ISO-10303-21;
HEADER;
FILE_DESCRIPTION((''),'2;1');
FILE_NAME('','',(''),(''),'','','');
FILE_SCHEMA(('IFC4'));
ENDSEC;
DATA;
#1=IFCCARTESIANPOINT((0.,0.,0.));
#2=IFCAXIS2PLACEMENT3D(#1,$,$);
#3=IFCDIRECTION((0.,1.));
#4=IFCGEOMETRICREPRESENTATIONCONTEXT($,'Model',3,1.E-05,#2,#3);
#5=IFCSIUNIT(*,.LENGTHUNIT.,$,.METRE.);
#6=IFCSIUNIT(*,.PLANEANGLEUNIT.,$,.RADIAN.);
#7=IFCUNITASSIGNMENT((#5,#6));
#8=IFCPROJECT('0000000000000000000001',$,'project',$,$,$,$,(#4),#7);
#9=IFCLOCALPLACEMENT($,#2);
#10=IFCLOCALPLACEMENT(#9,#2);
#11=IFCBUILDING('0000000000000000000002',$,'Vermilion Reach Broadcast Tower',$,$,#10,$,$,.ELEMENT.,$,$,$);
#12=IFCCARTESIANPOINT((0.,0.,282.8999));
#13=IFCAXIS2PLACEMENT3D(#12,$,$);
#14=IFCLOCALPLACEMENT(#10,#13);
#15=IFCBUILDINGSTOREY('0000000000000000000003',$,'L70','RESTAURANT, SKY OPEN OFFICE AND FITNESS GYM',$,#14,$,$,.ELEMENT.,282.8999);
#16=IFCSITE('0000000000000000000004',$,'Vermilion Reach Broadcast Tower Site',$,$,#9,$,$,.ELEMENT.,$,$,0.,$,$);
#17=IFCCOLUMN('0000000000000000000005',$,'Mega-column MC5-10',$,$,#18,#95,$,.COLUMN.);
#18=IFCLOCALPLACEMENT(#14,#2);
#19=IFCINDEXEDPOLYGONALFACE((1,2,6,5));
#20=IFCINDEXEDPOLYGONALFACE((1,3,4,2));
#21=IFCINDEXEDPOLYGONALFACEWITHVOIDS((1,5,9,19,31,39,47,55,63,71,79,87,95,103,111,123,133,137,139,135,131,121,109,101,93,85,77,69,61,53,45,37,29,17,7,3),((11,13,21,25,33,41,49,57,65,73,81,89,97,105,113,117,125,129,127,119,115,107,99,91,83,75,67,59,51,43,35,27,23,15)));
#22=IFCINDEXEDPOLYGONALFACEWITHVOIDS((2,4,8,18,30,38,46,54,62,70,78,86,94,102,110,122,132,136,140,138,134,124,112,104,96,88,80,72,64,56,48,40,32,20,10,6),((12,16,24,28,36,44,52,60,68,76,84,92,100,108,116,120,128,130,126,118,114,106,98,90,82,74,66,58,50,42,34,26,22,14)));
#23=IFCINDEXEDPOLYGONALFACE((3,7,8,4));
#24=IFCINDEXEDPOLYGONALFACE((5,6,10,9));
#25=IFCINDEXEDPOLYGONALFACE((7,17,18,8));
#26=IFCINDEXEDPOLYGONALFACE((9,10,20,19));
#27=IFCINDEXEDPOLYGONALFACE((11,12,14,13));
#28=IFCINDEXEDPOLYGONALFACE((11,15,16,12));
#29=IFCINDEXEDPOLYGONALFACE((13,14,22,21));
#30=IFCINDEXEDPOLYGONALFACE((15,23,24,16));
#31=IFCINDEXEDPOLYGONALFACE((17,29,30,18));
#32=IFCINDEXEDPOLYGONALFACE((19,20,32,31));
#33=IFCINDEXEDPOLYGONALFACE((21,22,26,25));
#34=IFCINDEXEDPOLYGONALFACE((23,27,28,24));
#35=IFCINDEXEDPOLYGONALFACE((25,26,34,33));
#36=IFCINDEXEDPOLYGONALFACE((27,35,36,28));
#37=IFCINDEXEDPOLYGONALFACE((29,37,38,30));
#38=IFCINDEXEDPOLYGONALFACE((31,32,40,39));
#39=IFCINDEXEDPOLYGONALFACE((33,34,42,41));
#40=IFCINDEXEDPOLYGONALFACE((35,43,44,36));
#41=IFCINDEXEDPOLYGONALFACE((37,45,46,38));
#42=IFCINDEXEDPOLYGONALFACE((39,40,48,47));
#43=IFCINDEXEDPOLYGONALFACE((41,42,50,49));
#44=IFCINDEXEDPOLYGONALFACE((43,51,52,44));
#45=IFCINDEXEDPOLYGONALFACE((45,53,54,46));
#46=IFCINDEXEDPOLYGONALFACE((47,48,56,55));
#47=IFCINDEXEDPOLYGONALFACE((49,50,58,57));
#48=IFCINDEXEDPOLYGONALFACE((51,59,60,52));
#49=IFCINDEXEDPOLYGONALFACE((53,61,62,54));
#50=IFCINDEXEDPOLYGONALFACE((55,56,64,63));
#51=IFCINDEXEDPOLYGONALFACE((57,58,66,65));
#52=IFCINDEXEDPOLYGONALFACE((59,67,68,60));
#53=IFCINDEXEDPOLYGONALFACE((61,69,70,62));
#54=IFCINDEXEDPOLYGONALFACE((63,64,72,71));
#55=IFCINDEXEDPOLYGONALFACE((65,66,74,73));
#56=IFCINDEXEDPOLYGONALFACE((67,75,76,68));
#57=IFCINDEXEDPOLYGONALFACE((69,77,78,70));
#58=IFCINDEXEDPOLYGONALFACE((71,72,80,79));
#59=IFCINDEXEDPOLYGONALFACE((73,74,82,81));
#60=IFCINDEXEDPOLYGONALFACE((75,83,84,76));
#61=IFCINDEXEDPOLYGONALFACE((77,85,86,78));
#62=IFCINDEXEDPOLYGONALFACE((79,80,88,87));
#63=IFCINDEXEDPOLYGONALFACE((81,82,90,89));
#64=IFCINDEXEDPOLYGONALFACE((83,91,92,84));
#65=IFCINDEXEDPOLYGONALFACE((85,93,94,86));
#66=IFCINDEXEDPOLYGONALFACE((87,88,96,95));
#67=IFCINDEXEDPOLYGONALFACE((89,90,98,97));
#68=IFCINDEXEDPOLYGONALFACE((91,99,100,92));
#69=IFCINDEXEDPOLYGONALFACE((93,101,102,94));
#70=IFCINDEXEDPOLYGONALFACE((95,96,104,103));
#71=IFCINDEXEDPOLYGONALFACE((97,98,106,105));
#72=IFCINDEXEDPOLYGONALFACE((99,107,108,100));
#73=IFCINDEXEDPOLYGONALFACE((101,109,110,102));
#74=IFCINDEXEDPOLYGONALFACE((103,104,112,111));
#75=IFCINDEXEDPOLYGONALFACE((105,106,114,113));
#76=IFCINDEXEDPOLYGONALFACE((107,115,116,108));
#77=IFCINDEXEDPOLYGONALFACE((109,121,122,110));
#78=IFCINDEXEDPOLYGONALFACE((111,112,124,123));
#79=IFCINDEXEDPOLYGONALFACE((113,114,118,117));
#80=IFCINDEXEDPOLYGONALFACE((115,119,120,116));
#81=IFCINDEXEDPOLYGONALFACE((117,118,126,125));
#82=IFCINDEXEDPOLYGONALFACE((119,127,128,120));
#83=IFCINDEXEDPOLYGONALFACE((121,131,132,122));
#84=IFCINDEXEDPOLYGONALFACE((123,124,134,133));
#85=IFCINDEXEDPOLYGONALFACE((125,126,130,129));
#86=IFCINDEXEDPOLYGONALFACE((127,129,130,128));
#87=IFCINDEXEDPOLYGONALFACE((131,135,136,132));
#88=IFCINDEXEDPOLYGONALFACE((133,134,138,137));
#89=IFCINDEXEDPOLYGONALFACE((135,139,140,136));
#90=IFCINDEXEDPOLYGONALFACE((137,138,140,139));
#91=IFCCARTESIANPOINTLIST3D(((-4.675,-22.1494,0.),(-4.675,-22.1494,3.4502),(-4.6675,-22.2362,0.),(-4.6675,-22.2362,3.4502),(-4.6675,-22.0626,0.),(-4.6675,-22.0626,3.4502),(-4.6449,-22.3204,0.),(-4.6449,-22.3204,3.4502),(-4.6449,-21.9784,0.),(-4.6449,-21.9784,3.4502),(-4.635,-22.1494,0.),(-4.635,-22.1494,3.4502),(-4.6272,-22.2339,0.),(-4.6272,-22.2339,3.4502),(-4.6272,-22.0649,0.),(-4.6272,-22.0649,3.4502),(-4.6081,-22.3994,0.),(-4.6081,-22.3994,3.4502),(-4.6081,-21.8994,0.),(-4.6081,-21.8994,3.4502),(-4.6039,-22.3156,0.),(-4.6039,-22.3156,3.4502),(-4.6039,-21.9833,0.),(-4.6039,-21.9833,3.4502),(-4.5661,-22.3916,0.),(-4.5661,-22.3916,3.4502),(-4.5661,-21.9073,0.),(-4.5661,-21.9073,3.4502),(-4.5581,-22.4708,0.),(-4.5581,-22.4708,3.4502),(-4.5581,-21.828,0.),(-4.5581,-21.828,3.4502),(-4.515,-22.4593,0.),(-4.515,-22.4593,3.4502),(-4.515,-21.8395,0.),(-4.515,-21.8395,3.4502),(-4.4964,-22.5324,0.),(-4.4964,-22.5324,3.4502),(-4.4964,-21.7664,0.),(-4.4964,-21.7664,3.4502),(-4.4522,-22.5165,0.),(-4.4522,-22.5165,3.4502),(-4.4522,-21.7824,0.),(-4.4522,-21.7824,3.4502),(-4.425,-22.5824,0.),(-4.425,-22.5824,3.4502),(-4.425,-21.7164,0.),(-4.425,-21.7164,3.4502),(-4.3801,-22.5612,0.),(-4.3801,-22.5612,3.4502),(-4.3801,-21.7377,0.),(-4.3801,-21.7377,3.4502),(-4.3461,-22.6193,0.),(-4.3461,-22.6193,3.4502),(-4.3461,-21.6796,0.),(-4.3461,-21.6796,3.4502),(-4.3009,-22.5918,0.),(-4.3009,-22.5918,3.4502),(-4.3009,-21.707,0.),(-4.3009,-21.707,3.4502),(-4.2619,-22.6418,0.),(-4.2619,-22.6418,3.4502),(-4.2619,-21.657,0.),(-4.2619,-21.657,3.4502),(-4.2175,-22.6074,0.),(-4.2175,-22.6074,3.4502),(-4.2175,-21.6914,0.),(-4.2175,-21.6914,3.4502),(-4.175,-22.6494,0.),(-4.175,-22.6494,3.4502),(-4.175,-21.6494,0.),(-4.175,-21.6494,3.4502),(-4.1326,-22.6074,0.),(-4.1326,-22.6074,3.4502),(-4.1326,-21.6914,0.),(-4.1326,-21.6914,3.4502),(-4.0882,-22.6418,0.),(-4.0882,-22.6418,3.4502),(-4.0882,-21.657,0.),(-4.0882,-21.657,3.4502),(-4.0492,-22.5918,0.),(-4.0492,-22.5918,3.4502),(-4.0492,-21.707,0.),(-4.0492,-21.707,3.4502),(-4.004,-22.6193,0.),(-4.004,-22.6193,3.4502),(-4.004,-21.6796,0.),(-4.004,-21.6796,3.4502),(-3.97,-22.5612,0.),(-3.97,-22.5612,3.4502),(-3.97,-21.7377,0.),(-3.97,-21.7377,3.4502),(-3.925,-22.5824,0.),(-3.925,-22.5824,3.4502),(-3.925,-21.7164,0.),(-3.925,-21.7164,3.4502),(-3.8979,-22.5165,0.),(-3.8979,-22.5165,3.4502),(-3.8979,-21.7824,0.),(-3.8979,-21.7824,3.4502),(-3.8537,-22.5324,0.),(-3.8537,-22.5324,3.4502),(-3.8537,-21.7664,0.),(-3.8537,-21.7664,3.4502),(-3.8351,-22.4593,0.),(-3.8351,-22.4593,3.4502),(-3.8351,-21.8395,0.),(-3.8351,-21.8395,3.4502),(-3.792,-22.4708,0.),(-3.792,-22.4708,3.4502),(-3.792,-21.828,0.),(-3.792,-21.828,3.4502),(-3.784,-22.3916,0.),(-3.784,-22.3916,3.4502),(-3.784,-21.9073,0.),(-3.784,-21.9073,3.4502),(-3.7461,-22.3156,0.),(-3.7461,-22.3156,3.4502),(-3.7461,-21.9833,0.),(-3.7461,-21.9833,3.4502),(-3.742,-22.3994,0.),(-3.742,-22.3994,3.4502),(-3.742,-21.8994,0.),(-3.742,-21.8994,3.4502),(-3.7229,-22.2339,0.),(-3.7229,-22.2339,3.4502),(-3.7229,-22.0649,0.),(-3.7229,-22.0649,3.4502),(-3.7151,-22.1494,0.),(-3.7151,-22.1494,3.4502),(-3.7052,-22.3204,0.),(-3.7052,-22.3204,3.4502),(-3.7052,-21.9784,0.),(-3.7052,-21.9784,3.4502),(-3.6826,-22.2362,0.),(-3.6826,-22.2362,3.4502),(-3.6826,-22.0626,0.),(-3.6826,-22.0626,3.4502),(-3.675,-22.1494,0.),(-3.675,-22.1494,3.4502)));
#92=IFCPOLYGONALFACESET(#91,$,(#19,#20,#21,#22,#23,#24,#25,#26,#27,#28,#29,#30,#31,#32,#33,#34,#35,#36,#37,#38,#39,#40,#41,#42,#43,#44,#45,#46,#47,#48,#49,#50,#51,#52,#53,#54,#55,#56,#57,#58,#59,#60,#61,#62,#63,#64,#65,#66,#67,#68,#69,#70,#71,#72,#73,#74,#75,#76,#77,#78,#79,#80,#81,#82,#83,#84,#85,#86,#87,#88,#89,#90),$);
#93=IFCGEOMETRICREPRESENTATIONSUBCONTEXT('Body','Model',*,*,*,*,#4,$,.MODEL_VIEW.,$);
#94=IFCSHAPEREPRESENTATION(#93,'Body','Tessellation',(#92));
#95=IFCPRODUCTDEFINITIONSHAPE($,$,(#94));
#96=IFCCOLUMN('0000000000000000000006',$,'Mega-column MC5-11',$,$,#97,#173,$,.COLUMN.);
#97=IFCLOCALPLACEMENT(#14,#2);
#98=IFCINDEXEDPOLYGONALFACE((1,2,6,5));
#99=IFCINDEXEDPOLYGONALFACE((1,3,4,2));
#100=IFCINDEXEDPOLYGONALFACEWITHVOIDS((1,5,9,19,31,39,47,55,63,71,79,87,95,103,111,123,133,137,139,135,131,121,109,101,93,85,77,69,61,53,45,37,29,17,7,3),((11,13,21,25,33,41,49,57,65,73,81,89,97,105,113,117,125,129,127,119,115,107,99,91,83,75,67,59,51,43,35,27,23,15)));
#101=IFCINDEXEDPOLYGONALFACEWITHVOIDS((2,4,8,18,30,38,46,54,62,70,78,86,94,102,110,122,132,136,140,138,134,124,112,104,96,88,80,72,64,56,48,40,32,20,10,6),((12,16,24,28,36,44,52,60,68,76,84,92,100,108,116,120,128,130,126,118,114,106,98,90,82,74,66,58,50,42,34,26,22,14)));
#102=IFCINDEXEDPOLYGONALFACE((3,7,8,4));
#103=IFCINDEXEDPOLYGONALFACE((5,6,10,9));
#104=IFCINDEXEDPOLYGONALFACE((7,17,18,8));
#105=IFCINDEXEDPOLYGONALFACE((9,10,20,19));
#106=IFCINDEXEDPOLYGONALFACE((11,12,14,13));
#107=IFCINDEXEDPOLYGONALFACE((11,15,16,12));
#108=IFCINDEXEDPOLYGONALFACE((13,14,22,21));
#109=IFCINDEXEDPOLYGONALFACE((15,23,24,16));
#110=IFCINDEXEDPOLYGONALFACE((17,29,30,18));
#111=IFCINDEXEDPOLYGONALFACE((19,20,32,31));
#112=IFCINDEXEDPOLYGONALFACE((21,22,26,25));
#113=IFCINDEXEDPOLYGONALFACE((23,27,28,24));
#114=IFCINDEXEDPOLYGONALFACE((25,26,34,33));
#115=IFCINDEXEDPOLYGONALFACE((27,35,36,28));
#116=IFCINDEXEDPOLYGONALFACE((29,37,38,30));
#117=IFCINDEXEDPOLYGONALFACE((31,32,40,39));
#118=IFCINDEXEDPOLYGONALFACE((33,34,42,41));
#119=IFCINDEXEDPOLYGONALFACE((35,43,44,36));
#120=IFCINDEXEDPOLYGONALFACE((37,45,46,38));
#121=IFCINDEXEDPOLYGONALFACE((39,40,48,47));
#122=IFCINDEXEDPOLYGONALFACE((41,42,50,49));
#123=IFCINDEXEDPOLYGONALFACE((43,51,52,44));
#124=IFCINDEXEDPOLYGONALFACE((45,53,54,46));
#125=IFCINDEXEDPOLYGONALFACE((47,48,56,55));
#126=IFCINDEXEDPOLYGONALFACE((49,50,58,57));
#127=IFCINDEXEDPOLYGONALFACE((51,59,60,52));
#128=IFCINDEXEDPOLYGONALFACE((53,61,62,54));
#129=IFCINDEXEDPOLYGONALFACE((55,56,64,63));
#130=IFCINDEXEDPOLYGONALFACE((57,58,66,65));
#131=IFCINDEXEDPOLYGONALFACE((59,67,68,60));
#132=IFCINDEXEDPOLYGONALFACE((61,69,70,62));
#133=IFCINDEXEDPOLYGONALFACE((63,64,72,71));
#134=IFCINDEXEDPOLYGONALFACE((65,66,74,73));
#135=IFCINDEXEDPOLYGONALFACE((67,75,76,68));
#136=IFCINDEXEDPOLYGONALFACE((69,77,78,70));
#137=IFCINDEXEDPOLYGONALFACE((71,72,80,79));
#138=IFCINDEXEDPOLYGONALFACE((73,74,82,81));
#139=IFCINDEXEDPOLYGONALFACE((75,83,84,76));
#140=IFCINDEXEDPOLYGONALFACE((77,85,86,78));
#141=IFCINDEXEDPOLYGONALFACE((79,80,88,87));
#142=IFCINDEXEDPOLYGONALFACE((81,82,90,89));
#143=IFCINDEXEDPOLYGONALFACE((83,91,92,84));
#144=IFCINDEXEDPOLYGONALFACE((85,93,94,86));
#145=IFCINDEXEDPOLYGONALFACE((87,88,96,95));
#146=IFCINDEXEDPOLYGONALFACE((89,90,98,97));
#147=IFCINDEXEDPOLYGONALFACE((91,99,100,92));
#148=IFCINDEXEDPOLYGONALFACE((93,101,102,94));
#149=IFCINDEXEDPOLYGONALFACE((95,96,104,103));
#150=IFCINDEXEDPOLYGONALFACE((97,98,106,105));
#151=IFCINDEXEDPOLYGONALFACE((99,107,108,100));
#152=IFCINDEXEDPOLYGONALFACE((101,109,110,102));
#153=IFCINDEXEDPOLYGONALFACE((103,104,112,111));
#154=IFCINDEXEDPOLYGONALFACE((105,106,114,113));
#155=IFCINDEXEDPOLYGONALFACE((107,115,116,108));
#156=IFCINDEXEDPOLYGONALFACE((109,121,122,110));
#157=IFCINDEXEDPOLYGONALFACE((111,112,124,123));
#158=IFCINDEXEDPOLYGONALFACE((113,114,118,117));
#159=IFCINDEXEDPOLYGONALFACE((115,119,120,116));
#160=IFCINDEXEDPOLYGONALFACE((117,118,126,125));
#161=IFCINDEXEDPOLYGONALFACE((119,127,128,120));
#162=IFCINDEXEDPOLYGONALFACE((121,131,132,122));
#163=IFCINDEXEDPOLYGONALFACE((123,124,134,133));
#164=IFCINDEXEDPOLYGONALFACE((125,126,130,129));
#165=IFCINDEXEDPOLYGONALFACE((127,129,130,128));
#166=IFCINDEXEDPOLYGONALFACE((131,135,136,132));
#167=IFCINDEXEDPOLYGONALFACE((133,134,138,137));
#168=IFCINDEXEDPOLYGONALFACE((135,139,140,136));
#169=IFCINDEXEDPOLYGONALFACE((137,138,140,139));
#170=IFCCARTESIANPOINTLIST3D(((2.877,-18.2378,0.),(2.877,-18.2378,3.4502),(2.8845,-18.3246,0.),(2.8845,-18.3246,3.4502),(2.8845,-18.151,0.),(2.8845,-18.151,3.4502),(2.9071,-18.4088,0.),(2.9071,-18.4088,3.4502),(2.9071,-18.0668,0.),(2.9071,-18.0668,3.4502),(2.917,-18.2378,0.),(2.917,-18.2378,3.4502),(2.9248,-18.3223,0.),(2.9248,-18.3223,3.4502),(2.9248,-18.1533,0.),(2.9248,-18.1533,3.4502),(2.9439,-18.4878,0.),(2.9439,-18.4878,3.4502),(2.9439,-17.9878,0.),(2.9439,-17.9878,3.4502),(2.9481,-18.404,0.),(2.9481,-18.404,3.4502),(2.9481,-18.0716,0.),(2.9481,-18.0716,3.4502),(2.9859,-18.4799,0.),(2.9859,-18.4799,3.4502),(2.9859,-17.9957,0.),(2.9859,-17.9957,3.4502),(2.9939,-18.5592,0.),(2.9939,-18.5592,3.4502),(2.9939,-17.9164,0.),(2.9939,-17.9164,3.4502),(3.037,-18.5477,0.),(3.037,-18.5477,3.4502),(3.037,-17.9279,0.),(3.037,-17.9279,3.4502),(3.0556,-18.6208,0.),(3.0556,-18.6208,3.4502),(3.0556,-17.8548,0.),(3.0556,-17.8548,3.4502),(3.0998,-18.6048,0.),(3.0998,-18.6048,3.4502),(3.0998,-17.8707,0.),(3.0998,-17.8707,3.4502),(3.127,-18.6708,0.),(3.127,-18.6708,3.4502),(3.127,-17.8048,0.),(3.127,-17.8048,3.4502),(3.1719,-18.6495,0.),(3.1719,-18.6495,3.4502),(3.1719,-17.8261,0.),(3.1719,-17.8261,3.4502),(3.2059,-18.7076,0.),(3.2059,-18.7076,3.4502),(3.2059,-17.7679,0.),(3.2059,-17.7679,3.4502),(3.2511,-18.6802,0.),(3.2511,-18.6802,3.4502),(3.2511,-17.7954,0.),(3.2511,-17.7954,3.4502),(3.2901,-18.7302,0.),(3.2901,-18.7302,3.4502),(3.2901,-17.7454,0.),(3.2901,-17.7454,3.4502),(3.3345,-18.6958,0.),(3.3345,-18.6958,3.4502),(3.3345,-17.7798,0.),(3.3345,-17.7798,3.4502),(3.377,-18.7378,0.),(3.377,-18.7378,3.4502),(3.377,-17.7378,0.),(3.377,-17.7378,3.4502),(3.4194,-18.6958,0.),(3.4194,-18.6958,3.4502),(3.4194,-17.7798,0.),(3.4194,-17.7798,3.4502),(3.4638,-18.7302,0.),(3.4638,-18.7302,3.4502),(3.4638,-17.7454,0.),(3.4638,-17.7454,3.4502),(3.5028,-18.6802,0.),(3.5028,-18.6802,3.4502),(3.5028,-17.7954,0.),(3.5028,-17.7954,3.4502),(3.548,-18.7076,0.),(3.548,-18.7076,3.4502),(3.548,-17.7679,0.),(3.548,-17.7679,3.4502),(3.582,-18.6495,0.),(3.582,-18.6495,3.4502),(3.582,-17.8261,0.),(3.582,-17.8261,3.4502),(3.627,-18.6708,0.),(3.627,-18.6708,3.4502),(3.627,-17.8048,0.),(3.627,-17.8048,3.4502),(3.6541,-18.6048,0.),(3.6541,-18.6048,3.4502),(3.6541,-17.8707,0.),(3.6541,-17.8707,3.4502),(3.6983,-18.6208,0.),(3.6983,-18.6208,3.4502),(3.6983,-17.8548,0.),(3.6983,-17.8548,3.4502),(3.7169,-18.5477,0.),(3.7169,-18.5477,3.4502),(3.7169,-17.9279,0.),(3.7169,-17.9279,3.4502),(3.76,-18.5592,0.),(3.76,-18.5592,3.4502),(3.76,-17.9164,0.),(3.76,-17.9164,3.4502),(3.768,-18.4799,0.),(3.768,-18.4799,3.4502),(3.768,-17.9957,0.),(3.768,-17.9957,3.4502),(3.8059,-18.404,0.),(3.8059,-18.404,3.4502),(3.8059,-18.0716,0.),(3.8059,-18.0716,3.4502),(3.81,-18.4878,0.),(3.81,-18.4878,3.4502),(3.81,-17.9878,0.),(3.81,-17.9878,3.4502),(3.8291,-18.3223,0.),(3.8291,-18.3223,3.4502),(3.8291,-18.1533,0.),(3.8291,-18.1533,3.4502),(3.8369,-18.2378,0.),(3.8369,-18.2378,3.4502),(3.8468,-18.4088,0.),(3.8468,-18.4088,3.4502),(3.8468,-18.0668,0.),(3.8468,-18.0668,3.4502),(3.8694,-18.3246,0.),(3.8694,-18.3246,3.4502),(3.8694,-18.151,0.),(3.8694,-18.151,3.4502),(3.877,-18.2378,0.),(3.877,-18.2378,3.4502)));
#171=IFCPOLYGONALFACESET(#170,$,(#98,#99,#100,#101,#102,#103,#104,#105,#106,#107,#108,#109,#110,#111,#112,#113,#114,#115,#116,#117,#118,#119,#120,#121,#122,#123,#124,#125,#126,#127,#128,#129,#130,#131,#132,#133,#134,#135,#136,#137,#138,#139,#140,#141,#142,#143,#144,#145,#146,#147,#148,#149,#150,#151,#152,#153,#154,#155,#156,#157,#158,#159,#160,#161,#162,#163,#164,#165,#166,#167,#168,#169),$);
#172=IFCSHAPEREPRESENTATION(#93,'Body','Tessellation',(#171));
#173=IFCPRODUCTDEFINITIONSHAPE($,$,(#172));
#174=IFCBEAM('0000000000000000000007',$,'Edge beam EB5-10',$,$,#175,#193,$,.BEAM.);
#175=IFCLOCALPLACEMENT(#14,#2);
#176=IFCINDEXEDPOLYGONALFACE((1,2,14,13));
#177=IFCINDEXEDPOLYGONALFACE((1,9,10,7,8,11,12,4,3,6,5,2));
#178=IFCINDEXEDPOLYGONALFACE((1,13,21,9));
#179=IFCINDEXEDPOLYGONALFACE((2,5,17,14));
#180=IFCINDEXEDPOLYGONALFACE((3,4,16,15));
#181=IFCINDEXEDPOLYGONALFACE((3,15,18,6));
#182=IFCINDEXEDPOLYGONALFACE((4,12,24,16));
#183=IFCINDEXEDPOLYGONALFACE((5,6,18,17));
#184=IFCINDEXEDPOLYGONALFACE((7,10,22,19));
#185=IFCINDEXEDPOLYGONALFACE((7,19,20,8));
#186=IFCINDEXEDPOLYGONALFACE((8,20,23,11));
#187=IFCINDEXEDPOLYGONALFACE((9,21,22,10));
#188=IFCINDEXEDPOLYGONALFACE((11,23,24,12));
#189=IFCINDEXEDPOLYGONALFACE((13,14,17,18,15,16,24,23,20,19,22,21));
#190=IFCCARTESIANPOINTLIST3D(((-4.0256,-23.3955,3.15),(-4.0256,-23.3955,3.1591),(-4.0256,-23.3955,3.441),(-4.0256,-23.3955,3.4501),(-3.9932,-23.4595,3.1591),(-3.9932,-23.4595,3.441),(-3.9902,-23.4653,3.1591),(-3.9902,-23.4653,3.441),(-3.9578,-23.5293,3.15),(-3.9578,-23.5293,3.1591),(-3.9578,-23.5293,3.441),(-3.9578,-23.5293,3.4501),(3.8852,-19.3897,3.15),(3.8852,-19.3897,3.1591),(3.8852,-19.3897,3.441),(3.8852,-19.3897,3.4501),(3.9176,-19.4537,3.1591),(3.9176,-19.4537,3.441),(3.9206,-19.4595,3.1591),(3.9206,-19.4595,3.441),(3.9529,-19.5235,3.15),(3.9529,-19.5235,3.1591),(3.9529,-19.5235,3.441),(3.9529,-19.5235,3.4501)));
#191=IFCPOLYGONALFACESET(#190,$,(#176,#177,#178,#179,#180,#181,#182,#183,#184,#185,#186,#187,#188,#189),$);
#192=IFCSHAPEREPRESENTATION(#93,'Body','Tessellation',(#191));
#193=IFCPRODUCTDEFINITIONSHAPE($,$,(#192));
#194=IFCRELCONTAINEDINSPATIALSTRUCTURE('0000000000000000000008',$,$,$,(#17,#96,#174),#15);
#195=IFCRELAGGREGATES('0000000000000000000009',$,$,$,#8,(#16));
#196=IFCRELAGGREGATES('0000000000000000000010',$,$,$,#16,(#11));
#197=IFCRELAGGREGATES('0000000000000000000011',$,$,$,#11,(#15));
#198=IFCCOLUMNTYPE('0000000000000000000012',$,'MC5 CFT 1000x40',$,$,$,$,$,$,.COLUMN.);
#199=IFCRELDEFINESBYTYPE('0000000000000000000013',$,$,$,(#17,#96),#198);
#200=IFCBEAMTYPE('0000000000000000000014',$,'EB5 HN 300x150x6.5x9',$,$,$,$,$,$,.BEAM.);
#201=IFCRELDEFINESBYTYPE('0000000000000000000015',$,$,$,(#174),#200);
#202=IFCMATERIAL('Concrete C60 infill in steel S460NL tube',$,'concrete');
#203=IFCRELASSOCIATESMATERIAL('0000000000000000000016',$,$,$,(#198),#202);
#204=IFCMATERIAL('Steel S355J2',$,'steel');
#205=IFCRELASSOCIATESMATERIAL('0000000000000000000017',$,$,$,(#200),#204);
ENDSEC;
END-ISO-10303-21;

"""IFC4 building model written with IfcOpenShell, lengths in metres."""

from ifc_helpers import new_model, si_unit, direction, frame, origin, origin_2d, place, context, subcontext, project, spatial, hollow_circle, i_section, extrude, material, material_profile, profile_set, type_object, element, save


model = new_model("IFC4")

# Units and contexts
model_context = context("Model", 3, precision=1e-05, world=origin(), true_north=direction((0.0, 1.0)))
body_context = subcontext(model_context, "Body", "Model", "MODEL_VIEW")
ifc_project = project(units=[si_unit("LENGTHUNIT", "METRE"), si_unit("PLANEANGLEUNIT", "RADIAN")], contexts=[model_context])

# Site, building, storey
site_placement = place(None, origin())
site = spatial("IfcSite", under=ifc_project, at=site_placement, Name="Vermilion Reach Broadcast Tower Site", CompositionType="ELEMENT", RefElevation=0.0)
building_placement = place(site_placement, origin())
building = spatial("IfcBuilding", under=site, at=building_placement, Name="Vermilion Reach Broadcast Tower", CompositionType="ELEMENT")
storey_placement = place(building_placement, frame((0.0, 0.0, 282.8999)))
storey = spatial("IfcBuildingStorey", under=building, at=storey_placement, Name="L70", Description="RESTAURANT, SKY OPEN OFFICE AND FITNESS GYM", CompositionType="ELEMENT", Elevation=282.8999)

# Columns
ifc_material_1 = material(Name="Concrete C60 infill in steel S460NL tube", Category="concrete")
ifc_material_profile_1 = material_profile(ifc_material_1, hollow_circle(Radius=0.5, WallThickness=0.04, at=origin_2d()), Name="Concrete C60 infill in steel S460NL tube CFT 1000x40")
ifc_profile_set_1 = profile_set([ifc_material_profile_1], Name="Concrete C60 infill in steel S460NL tube")
column_type = type_object("IfcColumnType", Name="MC5 CFT 1000x40", PredefinedType="COLUMN", material=ifc_profile_set_1)
for number, where, z_axis, x_axis, name in (
    (1, (-4.175, -22.1494, 0.0), (0.0, 0.0, 1.0), (1.0, 0.0, 0.0), "Mega-column MC5-10"),
    (2, (3.377, -18.2378, 0.0), (0.0, 0.0, 1.0), (1.0, 0.0, 0.0), "Mega-column MC5-11"),
):
    element("IfcColumn", number, at=place(storey_placement, frame(where, z_axis=z_axis, x_axis=x_axis)), inside=storey, type_object=column_type, Name=name, PredefinedType="COLUMN", context=body_context, shape_type="SweptSolid", body=[
        extrude(hollow_circle(Radius=0.5, WallThickness=0.04, at=origin_2d()), origin(), (0.0, 0.0, 1.0), 3.4502),
    ])

# Beam
ifc_material_2 = material(Name="Steel S355J2", Category="steel")
ifc_material_profile_2 = material_profile(ifc_material_2, i_section(OverallWidth=0.1499, OverallDepth=0.3, WebThickness=0.0066, FlangeThickness=0.009, at=origin_2d()), Name="S355J2 HN 300x150x6.5x9")
ifc_profile_set_2 = profile_set([ifc_material_profile_2], Name="Steel S355J2")
beam_type_1 = type_object("IfcBeamType", Name="EB5 HN 300x150x6.5x9", PredefinedType="BEAM", material=ifc_profile_set_2)
beam_1_placement = place(storey_placement, frame((-3.9917, -23.4624, 3.3), z_axis=(0.892141, 0.451756, 0.0), x_axis=(-0.451756, 0.892141, 0.0)))
element("IfcBeam", 3, at=beam_1_placement, inside=storey, type_object=beam_type_1, Name="Edge beam EB5-10", PredefinedType="BEAM", context=body_context, shape_type="SweptSolid", body=[
    extrude(i_section(OverallWidth=0.1499, OverallDepth=0.3, WebThickness=0.0066, FlangeThickness=0.009, at=origin_2d()), origin(), (0.0, 0.0, 1.0), 8.8672),
])

save(model, "model.ifc")
